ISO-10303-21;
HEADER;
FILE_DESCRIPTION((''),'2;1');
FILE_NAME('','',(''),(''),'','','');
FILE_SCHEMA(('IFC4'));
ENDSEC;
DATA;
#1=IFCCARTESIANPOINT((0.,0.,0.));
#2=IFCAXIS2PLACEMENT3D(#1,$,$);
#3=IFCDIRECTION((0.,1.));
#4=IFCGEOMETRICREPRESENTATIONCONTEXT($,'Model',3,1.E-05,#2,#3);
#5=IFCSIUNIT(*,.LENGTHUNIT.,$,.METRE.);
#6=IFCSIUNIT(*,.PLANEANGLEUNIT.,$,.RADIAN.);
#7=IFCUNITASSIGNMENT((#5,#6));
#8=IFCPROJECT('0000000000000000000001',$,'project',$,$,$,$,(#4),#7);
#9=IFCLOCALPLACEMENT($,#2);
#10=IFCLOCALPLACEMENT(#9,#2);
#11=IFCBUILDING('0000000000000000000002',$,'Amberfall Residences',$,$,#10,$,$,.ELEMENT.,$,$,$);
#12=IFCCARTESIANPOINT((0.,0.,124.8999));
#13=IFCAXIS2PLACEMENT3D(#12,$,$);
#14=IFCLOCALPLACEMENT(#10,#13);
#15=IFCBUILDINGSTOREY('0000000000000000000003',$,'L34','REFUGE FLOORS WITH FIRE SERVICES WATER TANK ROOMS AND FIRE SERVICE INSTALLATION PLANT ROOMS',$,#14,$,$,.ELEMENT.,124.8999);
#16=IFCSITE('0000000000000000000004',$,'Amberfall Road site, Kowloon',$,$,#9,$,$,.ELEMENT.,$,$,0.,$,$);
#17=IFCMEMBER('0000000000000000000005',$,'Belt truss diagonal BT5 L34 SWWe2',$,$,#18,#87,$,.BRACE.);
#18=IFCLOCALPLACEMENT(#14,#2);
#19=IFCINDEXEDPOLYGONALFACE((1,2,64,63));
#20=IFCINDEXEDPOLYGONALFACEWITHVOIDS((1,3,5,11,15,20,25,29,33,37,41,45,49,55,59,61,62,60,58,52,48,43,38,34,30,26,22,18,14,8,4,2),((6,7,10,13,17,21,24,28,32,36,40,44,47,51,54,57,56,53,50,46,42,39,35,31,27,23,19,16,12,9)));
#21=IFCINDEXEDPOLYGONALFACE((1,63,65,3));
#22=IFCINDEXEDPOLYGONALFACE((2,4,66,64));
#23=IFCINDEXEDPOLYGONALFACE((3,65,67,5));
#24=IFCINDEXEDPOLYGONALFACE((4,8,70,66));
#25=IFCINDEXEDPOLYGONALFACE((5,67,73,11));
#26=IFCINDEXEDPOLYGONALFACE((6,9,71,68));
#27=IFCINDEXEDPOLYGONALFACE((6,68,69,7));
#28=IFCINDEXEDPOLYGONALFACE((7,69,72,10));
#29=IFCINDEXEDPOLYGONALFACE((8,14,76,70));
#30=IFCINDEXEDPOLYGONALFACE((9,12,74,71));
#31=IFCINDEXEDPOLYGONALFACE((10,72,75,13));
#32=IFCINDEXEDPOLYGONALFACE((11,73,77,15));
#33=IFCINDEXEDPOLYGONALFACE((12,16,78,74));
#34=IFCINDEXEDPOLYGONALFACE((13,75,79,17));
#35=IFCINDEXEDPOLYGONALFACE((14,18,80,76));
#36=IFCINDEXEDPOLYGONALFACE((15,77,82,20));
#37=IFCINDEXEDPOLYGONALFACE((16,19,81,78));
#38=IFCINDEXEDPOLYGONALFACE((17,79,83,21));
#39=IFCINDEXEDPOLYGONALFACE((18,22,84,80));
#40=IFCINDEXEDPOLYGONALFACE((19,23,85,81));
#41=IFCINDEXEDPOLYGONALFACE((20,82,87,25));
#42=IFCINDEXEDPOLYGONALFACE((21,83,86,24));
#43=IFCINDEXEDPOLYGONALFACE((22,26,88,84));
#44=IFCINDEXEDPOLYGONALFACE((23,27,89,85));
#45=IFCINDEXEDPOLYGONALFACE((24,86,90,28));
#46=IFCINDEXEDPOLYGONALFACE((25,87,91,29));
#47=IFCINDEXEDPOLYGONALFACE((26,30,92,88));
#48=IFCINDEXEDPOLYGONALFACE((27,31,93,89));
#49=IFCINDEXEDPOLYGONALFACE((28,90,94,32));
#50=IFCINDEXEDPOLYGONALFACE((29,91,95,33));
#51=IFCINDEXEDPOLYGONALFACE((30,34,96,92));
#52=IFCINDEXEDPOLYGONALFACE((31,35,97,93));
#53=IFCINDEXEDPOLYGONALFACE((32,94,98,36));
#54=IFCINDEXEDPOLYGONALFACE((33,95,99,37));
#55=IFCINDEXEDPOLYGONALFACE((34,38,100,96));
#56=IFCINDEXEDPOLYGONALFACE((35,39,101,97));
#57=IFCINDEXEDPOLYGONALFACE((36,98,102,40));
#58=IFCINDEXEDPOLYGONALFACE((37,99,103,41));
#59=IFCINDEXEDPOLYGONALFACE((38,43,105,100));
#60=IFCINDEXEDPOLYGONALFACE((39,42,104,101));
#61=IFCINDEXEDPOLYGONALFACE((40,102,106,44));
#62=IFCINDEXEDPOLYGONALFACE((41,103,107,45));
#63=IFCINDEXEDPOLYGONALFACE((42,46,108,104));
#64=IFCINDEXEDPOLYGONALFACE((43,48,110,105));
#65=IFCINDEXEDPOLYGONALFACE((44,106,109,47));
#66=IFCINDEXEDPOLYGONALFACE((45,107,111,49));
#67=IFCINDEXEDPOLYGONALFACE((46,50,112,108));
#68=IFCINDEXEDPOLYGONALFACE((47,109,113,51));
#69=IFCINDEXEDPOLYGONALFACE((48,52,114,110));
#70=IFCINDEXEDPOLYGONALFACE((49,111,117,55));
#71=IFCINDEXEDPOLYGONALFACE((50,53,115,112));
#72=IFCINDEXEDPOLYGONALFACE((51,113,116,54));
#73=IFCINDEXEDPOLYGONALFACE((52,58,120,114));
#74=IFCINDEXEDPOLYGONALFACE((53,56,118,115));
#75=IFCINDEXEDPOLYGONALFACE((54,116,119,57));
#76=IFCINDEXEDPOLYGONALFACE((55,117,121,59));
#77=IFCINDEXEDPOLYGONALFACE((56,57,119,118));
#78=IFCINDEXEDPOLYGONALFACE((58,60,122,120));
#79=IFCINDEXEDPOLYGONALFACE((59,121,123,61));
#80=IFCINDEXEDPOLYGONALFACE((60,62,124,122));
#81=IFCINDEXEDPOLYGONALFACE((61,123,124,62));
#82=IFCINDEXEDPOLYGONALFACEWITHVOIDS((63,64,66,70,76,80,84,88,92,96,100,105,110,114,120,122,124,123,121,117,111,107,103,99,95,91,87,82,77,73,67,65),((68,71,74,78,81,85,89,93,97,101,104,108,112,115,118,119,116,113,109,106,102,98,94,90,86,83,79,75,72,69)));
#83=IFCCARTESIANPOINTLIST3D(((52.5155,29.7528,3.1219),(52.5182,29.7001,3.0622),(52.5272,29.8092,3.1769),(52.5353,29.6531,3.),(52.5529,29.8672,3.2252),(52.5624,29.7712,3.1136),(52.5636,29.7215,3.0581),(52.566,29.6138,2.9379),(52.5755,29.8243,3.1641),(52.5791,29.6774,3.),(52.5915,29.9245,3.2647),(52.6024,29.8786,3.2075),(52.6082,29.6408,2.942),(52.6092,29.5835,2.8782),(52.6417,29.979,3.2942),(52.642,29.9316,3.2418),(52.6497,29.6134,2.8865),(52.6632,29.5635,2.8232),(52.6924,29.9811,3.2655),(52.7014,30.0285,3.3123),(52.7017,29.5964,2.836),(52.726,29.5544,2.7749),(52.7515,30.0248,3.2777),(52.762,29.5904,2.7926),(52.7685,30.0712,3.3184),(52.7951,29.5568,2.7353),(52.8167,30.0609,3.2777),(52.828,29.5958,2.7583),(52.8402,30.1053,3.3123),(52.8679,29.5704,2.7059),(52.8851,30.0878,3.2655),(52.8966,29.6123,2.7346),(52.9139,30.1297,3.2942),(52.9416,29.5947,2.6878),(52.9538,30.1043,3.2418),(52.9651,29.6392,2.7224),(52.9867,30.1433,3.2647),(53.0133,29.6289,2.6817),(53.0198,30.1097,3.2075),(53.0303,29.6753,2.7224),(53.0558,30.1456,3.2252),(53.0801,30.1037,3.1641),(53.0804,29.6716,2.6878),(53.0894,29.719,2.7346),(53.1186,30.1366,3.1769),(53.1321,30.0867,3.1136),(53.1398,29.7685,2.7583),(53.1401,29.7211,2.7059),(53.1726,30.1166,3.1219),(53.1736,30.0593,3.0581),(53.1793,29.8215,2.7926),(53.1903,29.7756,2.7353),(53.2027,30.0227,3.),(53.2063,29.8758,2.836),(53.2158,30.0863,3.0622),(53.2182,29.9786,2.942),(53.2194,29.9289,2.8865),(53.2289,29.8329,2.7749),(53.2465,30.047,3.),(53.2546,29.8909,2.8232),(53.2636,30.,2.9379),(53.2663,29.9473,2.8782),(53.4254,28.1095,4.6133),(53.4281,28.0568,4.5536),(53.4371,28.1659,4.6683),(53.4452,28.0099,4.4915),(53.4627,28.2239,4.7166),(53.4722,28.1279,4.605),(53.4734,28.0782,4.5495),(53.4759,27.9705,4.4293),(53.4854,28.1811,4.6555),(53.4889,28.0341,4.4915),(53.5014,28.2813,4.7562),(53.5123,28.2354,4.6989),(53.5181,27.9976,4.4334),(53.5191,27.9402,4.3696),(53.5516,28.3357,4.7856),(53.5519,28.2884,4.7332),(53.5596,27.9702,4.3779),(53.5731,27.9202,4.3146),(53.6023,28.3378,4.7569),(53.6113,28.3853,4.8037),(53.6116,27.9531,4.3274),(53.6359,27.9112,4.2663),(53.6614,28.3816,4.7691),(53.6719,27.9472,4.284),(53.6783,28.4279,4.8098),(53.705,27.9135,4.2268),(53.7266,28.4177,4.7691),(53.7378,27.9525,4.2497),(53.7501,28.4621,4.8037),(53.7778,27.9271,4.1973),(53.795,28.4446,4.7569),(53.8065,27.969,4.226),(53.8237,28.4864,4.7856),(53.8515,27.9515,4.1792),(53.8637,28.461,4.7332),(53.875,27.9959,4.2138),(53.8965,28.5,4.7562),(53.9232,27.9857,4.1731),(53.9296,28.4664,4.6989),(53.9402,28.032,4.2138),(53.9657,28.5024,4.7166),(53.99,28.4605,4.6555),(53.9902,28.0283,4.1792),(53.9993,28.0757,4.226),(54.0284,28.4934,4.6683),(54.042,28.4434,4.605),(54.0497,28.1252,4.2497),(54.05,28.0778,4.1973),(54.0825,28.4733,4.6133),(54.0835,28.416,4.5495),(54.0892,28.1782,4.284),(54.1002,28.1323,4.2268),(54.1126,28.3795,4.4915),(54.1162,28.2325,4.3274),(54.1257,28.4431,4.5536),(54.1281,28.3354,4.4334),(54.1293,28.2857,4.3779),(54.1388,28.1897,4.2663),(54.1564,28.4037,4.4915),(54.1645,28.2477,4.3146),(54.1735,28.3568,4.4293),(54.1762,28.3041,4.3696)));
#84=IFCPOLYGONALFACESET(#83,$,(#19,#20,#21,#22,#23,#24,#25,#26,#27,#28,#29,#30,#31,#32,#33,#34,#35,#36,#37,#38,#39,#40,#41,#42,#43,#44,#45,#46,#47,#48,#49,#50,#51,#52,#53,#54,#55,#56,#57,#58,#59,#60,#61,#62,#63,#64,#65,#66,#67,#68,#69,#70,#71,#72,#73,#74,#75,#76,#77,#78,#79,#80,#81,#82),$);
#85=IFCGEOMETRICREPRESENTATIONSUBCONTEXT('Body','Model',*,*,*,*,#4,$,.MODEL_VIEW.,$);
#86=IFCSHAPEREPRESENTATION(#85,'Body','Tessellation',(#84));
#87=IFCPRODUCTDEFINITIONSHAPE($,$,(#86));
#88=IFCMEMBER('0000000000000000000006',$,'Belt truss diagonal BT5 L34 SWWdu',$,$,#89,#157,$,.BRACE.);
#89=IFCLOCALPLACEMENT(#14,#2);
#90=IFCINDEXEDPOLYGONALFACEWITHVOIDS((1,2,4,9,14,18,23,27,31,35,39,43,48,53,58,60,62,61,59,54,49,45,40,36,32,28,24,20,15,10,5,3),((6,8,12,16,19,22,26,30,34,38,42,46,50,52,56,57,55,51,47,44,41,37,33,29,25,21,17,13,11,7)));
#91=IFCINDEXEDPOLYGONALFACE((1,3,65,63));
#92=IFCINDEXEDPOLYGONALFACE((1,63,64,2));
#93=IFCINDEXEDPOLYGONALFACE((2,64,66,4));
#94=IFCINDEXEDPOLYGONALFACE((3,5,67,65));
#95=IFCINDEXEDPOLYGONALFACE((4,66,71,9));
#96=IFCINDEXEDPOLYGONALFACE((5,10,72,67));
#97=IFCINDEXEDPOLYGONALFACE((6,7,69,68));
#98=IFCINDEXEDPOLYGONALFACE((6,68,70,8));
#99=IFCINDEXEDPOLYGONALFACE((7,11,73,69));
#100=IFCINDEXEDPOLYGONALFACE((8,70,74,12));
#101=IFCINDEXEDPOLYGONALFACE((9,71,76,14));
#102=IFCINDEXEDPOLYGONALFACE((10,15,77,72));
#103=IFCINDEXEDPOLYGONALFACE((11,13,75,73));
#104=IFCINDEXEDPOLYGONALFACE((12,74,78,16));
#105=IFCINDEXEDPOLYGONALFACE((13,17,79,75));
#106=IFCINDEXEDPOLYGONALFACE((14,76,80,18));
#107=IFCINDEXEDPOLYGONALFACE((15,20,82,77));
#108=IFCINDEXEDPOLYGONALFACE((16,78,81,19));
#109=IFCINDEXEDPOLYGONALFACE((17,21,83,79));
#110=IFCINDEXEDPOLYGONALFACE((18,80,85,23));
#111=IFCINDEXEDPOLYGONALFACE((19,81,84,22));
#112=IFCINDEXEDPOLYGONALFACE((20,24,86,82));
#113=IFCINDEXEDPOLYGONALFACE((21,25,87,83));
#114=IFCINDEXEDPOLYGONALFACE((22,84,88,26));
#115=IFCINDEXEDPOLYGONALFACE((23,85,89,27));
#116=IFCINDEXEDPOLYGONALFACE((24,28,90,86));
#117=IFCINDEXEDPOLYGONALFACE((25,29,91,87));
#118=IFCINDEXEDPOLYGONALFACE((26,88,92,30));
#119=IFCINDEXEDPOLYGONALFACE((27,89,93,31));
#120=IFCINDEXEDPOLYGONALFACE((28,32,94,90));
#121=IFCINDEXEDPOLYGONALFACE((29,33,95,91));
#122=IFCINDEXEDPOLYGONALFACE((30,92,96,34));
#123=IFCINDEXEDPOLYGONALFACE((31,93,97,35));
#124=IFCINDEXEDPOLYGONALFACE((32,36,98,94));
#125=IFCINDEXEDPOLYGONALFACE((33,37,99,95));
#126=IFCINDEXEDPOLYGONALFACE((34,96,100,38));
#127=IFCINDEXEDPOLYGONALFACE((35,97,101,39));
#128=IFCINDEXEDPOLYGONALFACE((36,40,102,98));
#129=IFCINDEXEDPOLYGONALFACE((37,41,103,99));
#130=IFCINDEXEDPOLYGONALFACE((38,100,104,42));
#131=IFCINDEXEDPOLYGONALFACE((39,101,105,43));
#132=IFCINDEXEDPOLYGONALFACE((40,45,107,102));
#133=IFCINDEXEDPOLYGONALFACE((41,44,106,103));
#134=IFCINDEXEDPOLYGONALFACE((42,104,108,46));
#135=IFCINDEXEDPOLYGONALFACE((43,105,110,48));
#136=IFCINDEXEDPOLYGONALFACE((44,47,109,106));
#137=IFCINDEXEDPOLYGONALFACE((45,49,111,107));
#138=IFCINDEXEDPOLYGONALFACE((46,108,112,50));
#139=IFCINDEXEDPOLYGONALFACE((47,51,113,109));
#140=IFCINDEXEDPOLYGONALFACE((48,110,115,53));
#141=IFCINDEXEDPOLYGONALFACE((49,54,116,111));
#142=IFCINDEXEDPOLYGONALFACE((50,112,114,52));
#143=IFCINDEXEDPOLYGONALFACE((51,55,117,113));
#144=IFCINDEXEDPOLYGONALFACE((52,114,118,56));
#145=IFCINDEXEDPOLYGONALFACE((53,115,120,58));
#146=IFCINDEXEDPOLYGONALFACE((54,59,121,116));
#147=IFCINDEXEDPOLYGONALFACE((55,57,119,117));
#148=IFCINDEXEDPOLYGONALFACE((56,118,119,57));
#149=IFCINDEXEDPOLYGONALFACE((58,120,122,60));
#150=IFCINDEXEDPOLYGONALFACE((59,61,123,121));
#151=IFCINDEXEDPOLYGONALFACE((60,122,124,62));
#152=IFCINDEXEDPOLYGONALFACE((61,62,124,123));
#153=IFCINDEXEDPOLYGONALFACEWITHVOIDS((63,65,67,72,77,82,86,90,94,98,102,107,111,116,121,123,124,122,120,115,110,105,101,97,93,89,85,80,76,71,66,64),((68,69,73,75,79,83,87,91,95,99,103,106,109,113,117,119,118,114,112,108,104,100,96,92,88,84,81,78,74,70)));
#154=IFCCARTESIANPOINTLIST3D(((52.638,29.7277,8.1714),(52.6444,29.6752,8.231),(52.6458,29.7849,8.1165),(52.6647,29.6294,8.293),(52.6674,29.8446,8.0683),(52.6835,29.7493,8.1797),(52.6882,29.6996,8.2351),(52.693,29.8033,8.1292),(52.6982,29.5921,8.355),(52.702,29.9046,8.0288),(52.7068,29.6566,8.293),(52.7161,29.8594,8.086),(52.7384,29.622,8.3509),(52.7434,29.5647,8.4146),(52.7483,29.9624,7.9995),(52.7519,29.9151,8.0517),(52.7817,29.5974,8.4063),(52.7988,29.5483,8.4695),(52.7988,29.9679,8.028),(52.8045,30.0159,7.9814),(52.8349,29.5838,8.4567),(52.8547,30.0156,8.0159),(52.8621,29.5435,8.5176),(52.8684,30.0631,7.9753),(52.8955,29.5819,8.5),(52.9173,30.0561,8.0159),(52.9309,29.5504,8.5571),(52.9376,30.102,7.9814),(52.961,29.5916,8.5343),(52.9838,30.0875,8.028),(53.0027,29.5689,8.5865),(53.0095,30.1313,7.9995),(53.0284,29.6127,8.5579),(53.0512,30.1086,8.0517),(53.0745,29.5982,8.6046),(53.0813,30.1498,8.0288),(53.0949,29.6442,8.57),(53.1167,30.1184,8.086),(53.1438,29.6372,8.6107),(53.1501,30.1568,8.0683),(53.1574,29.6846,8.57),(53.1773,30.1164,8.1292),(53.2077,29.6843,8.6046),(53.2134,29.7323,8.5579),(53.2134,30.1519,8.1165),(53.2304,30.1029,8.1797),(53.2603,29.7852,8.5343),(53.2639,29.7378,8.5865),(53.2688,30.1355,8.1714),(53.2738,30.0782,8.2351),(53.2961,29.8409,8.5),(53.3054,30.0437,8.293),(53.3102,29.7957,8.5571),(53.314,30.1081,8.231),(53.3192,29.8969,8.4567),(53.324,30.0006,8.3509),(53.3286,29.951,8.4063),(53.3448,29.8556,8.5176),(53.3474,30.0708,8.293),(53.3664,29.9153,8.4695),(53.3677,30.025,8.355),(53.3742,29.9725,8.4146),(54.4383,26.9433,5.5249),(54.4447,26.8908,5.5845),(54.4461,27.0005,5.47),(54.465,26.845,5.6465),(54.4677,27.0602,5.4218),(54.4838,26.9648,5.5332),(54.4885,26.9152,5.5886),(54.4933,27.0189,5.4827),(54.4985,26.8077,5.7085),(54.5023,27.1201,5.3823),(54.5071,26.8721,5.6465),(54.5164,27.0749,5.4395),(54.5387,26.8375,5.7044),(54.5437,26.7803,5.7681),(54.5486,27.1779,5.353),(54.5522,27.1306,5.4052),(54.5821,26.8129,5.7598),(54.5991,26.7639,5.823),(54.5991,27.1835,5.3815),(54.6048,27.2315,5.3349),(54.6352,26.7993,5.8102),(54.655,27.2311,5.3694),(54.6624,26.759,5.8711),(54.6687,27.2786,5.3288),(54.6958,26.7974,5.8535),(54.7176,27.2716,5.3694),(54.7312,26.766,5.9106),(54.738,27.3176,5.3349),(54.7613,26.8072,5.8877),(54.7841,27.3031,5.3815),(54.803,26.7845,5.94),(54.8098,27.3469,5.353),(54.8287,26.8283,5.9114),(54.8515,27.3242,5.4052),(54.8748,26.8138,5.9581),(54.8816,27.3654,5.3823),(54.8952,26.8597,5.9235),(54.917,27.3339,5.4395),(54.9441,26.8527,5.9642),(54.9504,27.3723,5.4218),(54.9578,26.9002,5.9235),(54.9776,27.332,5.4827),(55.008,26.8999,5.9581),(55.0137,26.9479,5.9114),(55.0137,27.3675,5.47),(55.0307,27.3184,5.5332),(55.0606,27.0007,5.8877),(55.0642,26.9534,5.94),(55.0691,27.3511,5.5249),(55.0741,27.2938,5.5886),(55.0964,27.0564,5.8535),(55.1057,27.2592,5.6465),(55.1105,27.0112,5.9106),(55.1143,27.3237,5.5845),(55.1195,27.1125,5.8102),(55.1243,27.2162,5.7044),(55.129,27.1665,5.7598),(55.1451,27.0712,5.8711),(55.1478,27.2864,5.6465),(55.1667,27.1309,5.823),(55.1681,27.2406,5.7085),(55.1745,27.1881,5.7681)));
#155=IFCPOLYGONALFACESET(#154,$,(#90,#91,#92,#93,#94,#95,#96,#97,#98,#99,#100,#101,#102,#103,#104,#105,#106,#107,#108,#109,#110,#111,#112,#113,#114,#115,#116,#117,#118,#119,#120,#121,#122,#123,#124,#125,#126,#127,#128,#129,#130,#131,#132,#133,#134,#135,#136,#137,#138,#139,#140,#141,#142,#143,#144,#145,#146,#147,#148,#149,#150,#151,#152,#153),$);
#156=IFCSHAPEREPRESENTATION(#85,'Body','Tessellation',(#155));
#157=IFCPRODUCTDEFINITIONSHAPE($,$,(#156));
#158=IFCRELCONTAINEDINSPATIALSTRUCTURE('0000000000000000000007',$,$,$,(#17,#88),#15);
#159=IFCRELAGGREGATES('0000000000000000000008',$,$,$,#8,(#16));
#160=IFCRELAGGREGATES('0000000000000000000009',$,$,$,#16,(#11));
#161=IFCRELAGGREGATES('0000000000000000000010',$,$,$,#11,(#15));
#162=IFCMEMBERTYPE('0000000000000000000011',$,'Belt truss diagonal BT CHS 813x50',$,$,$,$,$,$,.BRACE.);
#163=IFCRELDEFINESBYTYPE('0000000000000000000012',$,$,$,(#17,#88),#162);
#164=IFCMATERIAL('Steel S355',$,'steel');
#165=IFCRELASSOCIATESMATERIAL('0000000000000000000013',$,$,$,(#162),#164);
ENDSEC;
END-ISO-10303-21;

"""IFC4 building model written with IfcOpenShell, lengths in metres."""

from ifc_helpers import new_model, si_unit, direction, frame, origin, origin_2d, place, context, subcontext, project, spatial, hollow_circle, extrude, material, material_profile, profile_set, type_object, element, save


model = new_model("IFC4")

# Units and contexts
model_context = context("Model", 3, precision=1e-05, world=origin(), true_north=direction((0.0, 1.0)))
body_context = subcontext(model_context, "Body", "Model", "MODEL_VIEW")
ifc_project = project(units=[si_unit("LENGTHUNIT", "METRE"), si_unit("PLANEANGLEUNIT", "RADIAN")], contexts=[model_context])

# Site, building, storey
site_placement = place(None, origin())
site = spatial("IfcSite", under=ifc_project, at=site_placement, Name="Amberfall Road site, Kowloon", CompositionType="ELEMENT", RefElevation=0.0)
building_placement = place(site_placement, origin())
building = spatial("IfcBuilding", under=site, at=building_placement, Name="Amberfall Residences", CompositionType="ELEMENT")
storey_placement = place(building_placement, frame((0.0, 0.0, 124.8999)))
storey = spatial("IfcBuildingStorey", under=building, at=storey_placement, Name="L34", Description="REFUGE FLOORS WITH FIRE SERVICES WATER TANK ROOMS AND FIRE SERVICE INSTALLATION PLANT ROOMS", CompositionType="ELEMENT", Elevation=124.8999)

# Shared definitions
ifc_material_1 = material(Name="Steel S355", Category="steel")

# Members
ifc_material_profile_1 = material_profile(ifc_material_1, hollow_circle(Radius=0.4065, WallThickness=0.05, at=origin_2d()), Name="CHS 813x50")
ifc_profile_set_1 = profile_set([ifc_material_profile_1], Name="Steel S355")
member_type = type_object("IfcMemberType", Name="Belt truss diagonal BT CHS 813x50", PredefinedType="BRACE", material=ifc_profile_set_1)
member_1_placement = place(storey_placement, frame((53.8008, 28.2068, 4.4915), z_axis=(-0.379366, 0.685138, -0.621826), x_axis=(-0.874843, -0.484406, 0.0)))
element("IfcMember", 1, at=member_1_placement, inside=storey, type_object=member_type, Name="Belt truss diagonal BT5 L34 SWWe2", PredefinedType="BRACE", context=body_context, shape_type="SweptSolid", body=[
    extrude(hollow_circle(Radius=0.4065, WallThickness=0.05, at=origin_2d()), origin(), (0.0, 0.0, 1.0), 2.3984),
])
member_2_placement = place(storey_placement, frame((54.8064, 27.0657, 5.6465), z_axis=(-0.424357, 0.656332, 0.623818), x_axis=(-0.839762, -0.542955, 0.0)))
element("IfcMember", 2, at=member_2_placement, inside=storey, type_object=member_type, Name="Belt truss diagonal BT5 L34 SWWdu", PredefinedType="BRACE", context=body_context, shape_type="SweptSolid", body=[
    extrude(hollow_circle(Radius=0.4065, WallThickness=0.05, at=origin_2d()), origin(), (0.0, 0.0, 1.0), 4.2424),
])

save(model, "model.ifc")
